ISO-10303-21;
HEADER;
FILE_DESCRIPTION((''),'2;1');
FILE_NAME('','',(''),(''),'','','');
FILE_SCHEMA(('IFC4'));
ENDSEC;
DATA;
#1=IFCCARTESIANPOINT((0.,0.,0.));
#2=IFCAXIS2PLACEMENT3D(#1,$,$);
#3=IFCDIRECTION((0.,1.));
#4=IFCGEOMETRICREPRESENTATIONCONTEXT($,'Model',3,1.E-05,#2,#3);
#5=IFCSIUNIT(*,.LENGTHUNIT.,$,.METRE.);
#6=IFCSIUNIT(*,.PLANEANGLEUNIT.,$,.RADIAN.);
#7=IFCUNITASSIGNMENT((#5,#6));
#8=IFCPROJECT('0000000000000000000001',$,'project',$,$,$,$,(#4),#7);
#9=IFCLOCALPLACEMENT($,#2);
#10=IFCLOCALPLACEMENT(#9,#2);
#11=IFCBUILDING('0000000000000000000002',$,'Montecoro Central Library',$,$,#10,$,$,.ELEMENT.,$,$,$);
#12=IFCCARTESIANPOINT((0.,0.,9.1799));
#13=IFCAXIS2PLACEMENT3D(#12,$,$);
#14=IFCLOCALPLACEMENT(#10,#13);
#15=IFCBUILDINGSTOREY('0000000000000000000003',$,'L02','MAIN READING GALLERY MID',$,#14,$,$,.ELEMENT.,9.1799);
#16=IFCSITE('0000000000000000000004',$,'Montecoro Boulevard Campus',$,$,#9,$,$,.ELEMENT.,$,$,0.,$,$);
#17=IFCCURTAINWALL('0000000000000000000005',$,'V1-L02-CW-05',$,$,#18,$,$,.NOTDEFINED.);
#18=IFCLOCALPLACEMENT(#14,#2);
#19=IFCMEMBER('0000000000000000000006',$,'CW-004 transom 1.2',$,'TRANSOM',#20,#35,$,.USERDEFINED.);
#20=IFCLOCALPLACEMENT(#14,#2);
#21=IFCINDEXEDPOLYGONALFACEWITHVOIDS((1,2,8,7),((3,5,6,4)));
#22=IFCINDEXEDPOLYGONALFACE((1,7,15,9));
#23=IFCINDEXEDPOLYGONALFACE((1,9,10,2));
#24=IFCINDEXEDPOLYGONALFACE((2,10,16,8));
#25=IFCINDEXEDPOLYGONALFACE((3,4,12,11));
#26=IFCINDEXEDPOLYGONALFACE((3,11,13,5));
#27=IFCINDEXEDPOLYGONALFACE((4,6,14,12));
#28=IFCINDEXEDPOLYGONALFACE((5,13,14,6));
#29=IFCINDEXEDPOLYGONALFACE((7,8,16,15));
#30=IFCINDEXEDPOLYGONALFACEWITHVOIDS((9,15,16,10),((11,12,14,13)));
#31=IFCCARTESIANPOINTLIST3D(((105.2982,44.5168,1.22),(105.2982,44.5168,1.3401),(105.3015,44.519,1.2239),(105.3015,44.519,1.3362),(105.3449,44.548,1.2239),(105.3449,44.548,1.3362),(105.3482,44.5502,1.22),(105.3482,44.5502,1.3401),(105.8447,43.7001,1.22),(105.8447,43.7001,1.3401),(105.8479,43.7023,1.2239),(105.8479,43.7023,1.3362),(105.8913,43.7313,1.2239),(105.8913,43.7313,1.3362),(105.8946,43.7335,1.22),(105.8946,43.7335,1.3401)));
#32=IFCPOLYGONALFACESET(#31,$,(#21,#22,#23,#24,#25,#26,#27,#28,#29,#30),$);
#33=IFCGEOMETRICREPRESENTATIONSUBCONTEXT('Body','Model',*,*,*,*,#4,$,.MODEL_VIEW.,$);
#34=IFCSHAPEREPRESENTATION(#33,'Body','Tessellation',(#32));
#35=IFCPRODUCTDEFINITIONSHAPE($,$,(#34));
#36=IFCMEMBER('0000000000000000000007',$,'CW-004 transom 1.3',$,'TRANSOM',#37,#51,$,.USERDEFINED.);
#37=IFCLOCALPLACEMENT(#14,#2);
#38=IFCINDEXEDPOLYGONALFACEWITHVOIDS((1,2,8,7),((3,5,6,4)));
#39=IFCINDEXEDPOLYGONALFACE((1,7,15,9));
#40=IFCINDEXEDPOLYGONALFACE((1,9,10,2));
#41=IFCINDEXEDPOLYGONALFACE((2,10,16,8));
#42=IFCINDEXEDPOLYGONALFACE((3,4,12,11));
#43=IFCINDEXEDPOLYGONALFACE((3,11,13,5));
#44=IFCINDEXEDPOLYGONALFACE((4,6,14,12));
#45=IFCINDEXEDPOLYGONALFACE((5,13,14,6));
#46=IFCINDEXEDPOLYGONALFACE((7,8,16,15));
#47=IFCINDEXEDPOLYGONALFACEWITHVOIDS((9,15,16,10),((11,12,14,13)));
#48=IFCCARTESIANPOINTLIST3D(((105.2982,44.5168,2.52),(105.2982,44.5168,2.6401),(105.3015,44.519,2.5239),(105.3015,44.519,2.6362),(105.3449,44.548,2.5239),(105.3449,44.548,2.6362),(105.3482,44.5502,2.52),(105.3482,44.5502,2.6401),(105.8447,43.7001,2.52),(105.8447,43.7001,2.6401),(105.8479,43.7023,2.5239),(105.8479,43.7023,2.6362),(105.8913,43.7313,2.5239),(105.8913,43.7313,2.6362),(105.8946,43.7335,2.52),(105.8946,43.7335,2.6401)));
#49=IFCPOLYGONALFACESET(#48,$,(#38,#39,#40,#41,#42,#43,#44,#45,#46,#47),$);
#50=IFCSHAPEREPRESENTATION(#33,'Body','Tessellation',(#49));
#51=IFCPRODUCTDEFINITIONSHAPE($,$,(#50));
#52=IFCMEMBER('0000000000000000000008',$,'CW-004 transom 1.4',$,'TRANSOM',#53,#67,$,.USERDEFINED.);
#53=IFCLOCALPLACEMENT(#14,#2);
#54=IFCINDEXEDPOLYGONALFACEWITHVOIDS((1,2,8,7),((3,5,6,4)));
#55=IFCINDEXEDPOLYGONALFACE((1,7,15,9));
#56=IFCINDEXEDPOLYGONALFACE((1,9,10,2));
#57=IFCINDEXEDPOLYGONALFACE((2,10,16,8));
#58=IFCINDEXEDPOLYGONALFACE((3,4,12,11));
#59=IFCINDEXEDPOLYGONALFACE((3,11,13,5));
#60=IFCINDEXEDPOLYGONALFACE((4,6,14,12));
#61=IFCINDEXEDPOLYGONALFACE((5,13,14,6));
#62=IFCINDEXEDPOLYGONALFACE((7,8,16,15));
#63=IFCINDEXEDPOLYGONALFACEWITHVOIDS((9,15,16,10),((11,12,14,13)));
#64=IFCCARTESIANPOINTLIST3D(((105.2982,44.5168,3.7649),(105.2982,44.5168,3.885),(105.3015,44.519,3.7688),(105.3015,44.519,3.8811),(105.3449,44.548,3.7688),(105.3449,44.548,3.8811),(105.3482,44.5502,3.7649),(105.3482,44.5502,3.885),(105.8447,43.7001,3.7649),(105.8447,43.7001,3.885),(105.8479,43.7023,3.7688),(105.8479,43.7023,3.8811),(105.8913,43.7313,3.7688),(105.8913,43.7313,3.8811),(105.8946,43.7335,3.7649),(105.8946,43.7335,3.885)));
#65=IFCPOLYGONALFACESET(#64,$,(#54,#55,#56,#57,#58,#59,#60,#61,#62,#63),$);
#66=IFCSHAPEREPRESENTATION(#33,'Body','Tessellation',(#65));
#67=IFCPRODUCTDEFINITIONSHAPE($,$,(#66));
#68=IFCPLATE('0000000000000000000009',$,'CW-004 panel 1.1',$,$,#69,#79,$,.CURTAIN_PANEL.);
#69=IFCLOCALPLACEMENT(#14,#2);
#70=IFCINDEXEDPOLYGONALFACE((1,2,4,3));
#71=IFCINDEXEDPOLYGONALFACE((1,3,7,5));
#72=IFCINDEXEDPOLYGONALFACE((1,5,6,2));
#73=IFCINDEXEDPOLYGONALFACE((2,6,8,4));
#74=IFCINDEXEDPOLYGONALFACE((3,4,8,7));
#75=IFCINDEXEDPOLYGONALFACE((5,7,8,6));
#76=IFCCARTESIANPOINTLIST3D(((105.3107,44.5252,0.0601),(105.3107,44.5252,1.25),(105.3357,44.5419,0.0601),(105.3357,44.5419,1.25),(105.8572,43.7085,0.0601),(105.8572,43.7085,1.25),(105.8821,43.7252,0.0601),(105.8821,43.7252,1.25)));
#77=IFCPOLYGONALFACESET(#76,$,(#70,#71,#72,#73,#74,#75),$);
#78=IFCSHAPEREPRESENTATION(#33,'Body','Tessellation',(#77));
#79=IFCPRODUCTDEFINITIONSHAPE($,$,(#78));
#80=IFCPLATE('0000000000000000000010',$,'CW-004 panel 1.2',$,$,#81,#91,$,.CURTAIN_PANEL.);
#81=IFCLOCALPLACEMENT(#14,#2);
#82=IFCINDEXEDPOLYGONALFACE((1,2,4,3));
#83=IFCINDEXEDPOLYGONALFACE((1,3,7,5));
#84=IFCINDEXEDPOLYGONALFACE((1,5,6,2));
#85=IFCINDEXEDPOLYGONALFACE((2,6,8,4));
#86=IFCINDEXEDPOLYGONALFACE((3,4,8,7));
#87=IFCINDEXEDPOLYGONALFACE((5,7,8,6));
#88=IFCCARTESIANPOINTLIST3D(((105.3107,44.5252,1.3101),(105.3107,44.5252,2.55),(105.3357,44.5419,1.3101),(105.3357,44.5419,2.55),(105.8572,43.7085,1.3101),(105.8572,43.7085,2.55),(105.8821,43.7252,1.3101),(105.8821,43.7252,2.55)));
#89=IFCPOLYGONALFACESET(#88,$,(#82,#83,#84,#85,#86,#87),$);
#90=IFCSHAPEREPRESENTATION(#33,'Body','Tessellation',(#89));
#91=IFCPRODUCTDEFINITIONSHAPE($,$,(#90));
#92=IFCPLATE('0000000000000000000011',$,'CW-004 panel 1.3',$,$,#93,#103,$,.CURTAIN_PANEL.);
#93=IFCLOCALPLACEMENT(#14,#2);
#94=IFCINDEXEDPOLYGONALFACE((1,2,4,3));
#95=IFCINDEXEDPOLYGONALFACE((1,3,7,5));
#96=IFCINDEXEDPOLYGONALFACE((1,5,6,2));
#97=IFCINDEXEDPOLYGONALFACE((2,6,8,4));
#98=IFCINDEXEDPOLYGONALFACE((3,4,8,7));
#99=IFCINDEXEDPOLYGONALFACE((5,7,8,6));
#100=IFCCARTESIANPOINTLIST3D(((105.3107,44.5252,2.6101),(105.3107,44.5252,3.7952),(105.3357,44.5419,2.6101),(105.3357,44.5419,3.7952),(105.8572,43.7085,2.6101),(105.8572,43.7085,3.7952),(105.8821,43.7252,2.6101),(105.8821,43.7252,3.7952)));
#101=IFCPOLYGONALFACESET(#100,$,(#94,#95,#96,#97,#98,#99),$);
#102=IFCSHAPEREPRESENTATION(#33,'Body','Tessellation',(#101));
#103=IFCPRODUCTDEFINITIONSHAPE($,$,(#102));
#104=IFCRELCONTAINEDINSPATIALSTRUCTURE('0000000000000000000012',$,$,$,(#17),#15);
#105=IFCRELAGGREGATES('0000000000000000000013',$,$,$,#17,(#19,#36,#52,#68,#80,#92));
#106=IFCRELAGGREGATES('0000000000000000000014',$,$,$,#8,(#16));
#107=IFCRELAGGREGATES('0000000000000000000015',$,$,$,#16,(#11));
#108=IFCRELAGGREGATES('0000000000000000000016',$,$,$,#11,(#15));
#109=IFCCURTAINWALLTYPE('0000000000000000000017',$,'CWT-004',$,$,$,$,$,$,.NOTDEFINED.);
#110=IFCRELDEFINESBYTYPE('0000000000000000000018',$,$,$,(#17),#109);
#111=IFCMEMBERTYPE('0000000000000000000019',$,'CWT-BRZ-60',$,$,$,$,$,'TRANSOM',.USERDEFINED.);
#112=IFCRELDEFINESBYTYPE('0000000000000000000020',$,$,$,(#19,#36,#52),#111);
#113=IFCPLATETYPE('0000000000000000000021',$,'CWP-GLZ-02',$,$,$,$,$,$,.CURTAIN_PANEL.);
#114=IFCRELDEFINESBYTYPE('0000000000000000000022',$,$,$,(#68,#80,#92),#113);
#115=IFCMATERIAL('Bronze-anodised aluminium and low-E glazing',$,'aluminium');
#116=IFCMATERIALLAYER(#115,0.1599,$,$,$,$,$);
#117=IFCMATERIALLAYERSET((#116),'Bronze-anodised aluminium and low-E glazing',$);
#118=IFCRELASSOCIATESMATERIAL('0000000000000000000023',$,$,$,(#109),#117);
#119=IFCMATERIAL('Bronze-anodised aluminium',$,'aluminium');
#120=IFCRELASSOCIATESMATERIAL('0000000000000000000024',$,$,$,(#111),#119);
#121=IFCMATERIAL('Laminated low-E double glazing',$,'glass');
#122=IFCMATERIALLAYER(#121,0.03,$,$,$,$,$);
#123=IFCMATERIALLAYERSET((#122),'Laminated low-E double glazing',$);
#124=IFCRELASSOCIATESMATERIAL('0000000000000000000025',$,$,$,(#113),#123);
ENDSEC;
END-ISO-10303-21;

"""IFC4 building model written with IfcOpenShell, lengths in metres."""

from ifc_helpers import new_model, si_unit, direction, frame, origin, origin_2d, place, context, subcontext, project, spatial, rectangle, hollow_rectangle, extrude, material, layer, layer_set, material_profile, profile_set, type_object, element, aggregate, save


model = new_model("IFC4")

# Units and contexts
model_context = context("Model", 3, precision=1e-05, world=origin(), true_north=direction((0.0, 1.0)))
body_context = subcontext(model_context, "Body", "Model", "MODEL_VIEW")
ifc_project = project(units=[si_unit("LENGTHUNIT", "METRE"), si_unit("PLANEANGLEUNIT", "RADIAN")], contexts=[model_context])

# Site, building, storey
site_placement = place(None, origin())
site = spatial("IfcSite", under=ifc_project, at=site_placement, Name="Montecoro Boulevard Campus", CompositionType="ELEMENT", RefElevation=0.0)
building_placement = place(site_placement, origin())
building = spatial("IfcBuilding", under=site, at=building_placement, Name="Montecoro Central Library", CompositionType="ELEMENT")
storey_placement = place(building_placement, frame((0.0, 0.0, 9.1799)))
storey = spatial("IfcBuildingStorey", under=building, at=storey_placement, Name="L02", Description="MAIN READING GALLERY MID", CompositionType="ELEMENT", Elevation=9.1799)

# Curtain wall, members, plates
ifc_material_1 = material(Name="Bronze-anodised aluminium and low-E glazing", Category="aluminium")
ifc_layer_1 = layer(ifc_material_1, 0.1599)
ifc_layer_set_1 = layer_set([ifc_layer_1], Name="Bronze-anodised aluminium and low-E glazing")
curtain_wall_type = type_object("IfcCurtainWallType", Name="CWT-004", PredefinedType="NOTDEFINED", material=ifc_layer_set_1)
curtain_wall_placement = place(storey_placement, origin())
curtain_wall = element("IfcCurtainWall", 1, at=curtain_wall_placement, inside=storey, type_object=curtain_wall_type, Name="V1-L02-CW-05", PredefinedType="NOTDEFINED")
ifc_material_2 = material(Name="Bronze-anodised aluminium", Category="aluminium")
ifc_material_profile_1 = material_profile(ifc_material_2, hollow_rectangle(XDim=0.0601, YDim=0.1201, WallThickness=0.0039, at=origin_2d()), Name="CWT 120x60x4.0")
ifc_profile_set_1 = profile_set([ifc_material_profile_1], Name="Bronze-anodised aluminium")
member_type_1 = type_object("IfcMemberType", Name="CWT-BRZ-60", ElementType="TRANSOM", PredefinedType="USERDEFINED", material=ifc_profile_set_1)
member_1_placement = place(storey_placement, frame((105.8696, 43.7168, 1.28), z_axis=(-0.556076, 0.831132, 0.0), x_axis=(-0.831132, -0.556076, 0.0)))
member_1 = element("IfcMember", 2, at=member_1_placement, type_object=member_type_1, Name="CW-004 transom 1.2", ObjectType="TRANSOM", PredefinedType="USERDEFINED", context=body_context, shape_type="SweptSolid", body=[
    extrude(hollow_rectangle(XDim=0.0601, YDim=0.1201, WallThickness=0.0039, at=origin_2d()), origin(), (0.0, 0.0, 1.0), 0.9827),
])
member_2_placement = place(storey_placement, frame((105.8696, 43.7168, 2.5801), z_axis=(-0.556076, 0.831132, 0.0), x_axis=(-0.831132, -0.556076, 0.0)))
member_2 = element("IfcMember", 3, at=member_2_placement, type_object=member_type_1, Name="CW-004 transom 1.3", ObjectType="TRANSOM", PredefinedType="USERDEFINED", context=body_context, shape_type="SweptSolid", body=[
    extrude(hollow_rectangle(XDim=0.0601, YDim=0.1201, WallThickness=0.0039, at=origin_2d()), origin(), (0.0, 0.0, 1.0), 0.9827),
])
member_3_placement = place(storey_placement, frame((105.8696, 43.7168, 3.825), z_axis=(-0.556076, 0.831132, 0.0), x_axis=(-0.831132, -0.556076, 0.0)))
member_3 = element("IfcMember", 4, at=member_3_placement, type_object=member_type_1, Name="CW-004 transom 1.4", ObjectType="TRANSOM", PredefinedType="USERDEFINED", context=body_context, shape_type="SweptSolid", body=[
    extrude(hollow_rectangle(XDim=0.0601, YDim=0.1201, WallThickness=0.0039, at=origin_2d()), origin(), (0.0, 0.0, 1.0), 0.9827),
])
ifc_material_3 = material(Name="Laminated low-E double glazing", Category="glass")
ifc_layer_2 = layer(ifc_material_3, 0.03)
ifc_layer_set_2 = layer_set([ifc_layer_2], Name="Laminated low-E double glazing")
plate_type = type_object("IfcPlateType", Name="CWP-GLZ-02", PredefinedType="CURTAIN_PANEL", material=ifc_layer_set_2)
plate_1_placement = place(storey_placement, frame((105.5964, 44.1252, 0.0601), z_axis=(0.0, 0.0, 1.0), x_axis=(-0.556098, 0.831117, 0.0)))
plate_1 = element("IfcPlate", 5, at=plate_1_placement, type_object=plate_type, Name="CW-004 panel 1.1", PredefinedType="CURTAIN_PANEL", context=body_context, shape_type="SweptSolid", body=[
    extrude(rectangle(XDim=0.9827, YDim=0.03, at=origin_2d()), origin(), (0.0, 0.0, 1.0), 1.1899),
])
plate_2_placement = place(storey_placement, frame((105.5964, 44.1252, 1.3101), z_axis=(0.0, 0.0, 1.0), x_axis=(-0.556098, 0.831117, 0.0)))
plate_2 = element("IfcPlate", 6, at=plate_2_placement, type_object=plate_type, Name="CW-004 panel 1.2", PredefinedType="CURTAIN_PANEL", context=body_context, shape_type="SweptSolid", body=[
    extrude(rectangle(XDim=0.9827, YDim=0.03, at=origin_2d()), origin(), (0.0, 0.0, 1.0), 1.24),
])
plate_3_placement = place(storey_placement, frame((105.5964, 44.1252, 2.6101), z_axis=(0.0, 0.0, 1.0), x_axis=(-0.556098, 0.831117, 0.0)))
plate_3 = element("IfcPlate", 7, at=plate_3_placement, type_object=plate_type, Name="CW-004 panel 1.3", PredefinedType="CURTAIN_PANEL", context=body_context, shape_type="SweptSolid", body=[
    extrude(rectangle(XDim=0.9827, YDim=0.03, at=origin_2d()), origin(), (0.0, 0.0, 1.0), 1.1851),
])
aggregate(curtain_wall, [member_1, member_2, member_3, plate_1, plate_2, plate_3])

save(model, "model.ifc")
